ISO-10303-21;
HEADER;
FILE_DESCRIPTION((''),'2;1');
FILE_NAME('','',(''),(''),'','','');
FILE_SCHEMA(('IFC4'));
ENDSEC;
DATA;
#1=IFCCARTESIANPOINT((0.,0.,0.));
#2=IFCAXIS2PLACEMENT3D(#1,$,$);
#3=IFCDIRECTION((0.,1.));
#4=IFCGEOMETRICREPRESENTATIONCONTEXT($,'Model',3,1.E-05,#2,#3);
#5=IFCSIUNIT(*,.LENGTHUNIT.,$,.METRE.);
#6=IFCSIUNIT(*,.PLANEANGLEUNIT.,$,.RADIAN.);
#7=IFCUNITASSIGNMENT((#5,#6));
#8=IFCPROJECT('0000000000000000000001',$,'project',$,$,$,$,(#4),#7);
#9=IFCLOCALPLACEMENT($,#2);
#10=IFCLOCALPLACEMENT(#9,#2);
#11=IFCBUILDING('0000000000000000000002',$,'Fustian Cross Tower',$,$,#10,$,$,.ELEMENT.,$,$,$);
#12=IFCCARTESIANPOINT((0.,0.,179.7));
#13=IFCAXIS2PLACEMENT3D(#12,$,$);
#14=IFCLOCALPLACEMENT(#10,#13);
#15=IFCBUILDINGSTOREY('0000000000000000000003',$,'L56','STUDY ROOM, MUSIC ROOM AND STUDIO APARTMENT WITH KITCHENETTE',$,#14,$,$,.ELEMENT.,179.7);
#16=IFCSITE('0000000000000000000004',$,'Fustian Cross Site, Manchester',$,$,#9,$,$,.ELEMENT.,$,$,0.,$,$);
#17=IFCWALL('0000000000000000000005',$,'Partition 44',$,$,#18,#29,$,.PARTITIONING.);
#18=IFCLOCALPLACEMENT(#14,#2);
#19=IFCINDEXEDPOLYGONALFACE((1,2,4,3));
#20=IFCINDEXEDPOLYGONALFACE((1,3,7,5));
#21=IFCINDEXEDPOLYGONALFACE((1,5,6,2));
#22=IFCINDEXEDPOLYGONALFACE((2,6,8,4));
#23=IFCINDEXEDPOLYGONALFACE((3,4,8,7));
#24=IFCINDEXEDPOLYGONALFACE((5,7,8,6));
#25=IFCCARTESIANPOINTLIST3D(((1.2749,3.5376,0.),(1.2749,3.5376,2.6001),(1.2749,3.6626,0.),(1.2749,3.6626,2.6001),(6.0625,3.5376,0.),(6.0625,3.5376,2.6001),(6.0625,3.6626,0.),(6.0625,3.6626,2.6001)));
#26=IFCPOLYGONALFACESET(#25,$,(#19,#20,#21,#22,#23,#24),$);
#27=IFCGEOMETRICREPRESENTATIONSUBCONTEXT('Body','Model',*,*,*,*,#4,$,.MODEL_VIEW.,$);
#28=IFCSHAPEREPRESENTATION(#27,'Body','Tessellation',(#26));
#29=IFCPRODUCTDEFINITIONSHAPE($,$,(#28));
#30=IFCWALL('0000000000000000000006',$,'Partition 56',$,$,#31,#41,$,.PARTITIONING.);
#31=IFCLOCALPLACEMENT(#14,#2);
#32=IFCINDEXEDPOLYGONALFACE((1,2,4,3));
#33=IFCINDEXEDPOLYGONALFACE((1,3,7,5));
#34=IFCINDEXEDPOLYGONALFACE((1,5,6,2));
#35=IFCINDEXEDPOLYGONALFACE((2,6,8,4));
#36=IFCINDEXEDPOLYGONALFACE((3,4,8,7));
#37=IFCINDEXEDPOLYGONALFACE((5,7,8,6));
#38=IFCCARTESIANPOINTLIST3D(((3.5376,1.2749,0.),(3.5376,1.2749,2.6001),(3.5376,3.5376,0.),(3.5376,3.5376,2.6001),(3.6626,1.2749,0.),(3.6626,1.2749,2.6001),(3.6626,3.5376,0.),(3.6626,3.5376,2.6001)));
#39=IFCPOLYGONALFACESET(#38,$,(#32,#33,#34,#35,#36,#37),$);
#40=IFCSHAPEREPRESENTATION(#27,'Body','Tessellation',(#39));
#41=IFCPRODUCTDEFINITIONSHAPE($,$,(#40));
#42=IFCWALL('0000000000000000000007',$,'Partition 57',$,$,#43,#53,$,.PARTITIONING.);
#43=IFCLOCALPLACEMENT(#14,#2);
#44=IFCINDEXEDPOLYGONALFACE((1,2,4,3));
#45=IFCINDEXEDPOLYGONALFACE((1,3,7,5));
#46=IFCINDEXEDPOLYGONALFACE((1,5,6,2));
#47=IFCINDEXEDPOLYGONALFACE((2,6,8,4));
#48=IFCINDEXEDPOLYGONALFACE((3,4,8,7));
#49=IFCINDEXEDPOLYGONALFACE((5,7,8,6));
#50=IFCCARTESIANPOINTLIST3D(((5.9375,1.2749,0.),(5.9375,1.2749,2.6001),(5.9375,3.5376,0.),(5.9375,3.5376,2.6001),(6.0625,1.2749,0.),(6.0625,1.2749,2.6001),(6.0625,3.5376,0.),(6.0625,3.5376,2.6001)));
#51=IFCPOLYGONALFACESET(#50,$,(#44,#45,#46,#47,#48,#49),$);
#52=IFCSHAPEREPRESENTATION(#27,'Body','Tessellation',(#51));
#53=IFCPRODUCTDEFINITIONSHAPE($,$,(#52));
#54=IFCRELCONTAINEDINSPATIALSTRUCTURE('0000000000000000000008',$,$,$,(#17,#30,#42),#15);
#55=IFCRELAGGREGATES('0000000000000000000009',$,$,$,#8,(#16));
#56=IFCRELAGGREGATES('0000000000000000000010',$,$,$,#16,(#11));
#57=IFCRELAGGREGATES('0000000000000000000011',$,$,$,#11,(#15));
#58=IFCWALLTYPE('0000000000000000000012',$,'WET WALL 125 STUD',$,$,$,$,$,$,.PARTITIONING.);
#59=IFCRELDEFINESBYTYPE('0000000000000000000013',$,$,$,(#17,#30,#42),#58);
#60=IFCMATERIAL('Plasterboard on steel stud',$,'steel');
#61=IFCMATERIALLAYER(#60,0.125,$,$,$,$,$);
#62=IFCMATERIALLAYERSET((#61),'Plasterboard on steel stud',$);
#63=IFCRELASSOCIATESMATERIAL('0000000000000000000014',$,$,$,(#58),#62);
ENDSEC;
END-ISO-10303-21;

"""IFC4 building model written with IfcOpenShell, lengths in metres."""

from ifc_helpers import new_model, si_unit, direction, frame, frame_2d, origin, place, context, subcontext, project, spatial, rectangle, extrude, material, layer, layer_set, type_object, element, save


model = new_model("IFC4")

# Units and contexts
model_context = context("Model", 3, precision=1e-05, world=origin(), true_north=direction((0.0, 1.0)))
body_context = subcontext(model_context, "Body", "Model", "MODEL_VIEW")
ifc_project = project(units=[si_unit("LENGTHUNIT", "METRE"), si_unit("PLANEANGLEUNIT", "RADIAN")], contexts=[model_context])

# Site, building, storey
site_placement = place(None, origin())
site = spatial("IfcSite", under=ifc_project, at=site_placement, Name="Fustian Cross Site, Manchester", CompositionType="ELEMENT", RefElevation=0.0)
building_placement = place(site_placement, origin())
building = spatial("IfcBuilding", under=site, at=building_placement, Name="Fustian Cross Tower", CompositionType="ELEMENT")
storey_placement = place(building_placement, frame((0.0, 0.0, 179.7)))
storey = spatial("IfcBuildingStorey", under=building, at=storey_placement, Name="L56", Description="STUDY ROOM, MUSIC ROOM AND STUDIO APARTMENT WITH KITCHENETTE", CompositionType="ELEMENT", Elevation=179.7)

# Walls
ifc_material_1 = material(Name="Plasterboard on steel stud", Category="steel")
ifc_layer_1 = layer(ifc_material_1, 0.125)
ifc_layer_set_1 = layer_set([ifc_layer_1], Name="Plasterboard on steel stud")
wall_type_1 = type_object("IfcWallType", Name="WET WALL 125 STUD", PredefinedType="PARTITIONING", material=ifc_layer_set_1)
wall_1_placement = place(storey_placement, frame((1.2749, 3.6001, 0.0), z_axis=(0.0, 0.0, 1.0), x_axis=(1.0, 0.0, 0.0)))
element("IfcWall", 1, at=wall_1_placement, inside=storey, type_object=wall_type_1, Name="Partition 44", PredefinedType="PARTITIONING", context=body_context, shape_type="SweptSolid", body=[
    extrude(rectangle(XDim=4.7876, YDim=0.125, at=frame_2d((2.3938, 0.0))), origin(), (0.0, 0.0, 1.0), 2.6001),
])
for number, where, z_axis, x_axis, name in (
    (2, (3.6001, 1.2749, 0.0), (0.0, 0.0, 1.0), (0.0, 1.0, 0.0), "Partition 56"),
    (3, (6.0, 1.2749, 0.0), (0.0, 0.0, 1.0), (0.0, 1.0, 0.0), "Partition 57"),
):
    element("IfcWall", number, at=place(storey_placement, frame(where, z_axis=z_axis, x_axis=x_axis)), inside=storey, type_object=wall_type_1, Name=name, PredefinedType="PARTITIONING", context=body_context, shape_type="SweptSolid", body=[
        extrude(rectangle(XDim=2.2627, YDim=0.125, at=frame_2d((1.1313, 0.0))), origin(), (0.0, 0.0, 1.0), 2.6001),
    ])

save(model, "model.ifc")
